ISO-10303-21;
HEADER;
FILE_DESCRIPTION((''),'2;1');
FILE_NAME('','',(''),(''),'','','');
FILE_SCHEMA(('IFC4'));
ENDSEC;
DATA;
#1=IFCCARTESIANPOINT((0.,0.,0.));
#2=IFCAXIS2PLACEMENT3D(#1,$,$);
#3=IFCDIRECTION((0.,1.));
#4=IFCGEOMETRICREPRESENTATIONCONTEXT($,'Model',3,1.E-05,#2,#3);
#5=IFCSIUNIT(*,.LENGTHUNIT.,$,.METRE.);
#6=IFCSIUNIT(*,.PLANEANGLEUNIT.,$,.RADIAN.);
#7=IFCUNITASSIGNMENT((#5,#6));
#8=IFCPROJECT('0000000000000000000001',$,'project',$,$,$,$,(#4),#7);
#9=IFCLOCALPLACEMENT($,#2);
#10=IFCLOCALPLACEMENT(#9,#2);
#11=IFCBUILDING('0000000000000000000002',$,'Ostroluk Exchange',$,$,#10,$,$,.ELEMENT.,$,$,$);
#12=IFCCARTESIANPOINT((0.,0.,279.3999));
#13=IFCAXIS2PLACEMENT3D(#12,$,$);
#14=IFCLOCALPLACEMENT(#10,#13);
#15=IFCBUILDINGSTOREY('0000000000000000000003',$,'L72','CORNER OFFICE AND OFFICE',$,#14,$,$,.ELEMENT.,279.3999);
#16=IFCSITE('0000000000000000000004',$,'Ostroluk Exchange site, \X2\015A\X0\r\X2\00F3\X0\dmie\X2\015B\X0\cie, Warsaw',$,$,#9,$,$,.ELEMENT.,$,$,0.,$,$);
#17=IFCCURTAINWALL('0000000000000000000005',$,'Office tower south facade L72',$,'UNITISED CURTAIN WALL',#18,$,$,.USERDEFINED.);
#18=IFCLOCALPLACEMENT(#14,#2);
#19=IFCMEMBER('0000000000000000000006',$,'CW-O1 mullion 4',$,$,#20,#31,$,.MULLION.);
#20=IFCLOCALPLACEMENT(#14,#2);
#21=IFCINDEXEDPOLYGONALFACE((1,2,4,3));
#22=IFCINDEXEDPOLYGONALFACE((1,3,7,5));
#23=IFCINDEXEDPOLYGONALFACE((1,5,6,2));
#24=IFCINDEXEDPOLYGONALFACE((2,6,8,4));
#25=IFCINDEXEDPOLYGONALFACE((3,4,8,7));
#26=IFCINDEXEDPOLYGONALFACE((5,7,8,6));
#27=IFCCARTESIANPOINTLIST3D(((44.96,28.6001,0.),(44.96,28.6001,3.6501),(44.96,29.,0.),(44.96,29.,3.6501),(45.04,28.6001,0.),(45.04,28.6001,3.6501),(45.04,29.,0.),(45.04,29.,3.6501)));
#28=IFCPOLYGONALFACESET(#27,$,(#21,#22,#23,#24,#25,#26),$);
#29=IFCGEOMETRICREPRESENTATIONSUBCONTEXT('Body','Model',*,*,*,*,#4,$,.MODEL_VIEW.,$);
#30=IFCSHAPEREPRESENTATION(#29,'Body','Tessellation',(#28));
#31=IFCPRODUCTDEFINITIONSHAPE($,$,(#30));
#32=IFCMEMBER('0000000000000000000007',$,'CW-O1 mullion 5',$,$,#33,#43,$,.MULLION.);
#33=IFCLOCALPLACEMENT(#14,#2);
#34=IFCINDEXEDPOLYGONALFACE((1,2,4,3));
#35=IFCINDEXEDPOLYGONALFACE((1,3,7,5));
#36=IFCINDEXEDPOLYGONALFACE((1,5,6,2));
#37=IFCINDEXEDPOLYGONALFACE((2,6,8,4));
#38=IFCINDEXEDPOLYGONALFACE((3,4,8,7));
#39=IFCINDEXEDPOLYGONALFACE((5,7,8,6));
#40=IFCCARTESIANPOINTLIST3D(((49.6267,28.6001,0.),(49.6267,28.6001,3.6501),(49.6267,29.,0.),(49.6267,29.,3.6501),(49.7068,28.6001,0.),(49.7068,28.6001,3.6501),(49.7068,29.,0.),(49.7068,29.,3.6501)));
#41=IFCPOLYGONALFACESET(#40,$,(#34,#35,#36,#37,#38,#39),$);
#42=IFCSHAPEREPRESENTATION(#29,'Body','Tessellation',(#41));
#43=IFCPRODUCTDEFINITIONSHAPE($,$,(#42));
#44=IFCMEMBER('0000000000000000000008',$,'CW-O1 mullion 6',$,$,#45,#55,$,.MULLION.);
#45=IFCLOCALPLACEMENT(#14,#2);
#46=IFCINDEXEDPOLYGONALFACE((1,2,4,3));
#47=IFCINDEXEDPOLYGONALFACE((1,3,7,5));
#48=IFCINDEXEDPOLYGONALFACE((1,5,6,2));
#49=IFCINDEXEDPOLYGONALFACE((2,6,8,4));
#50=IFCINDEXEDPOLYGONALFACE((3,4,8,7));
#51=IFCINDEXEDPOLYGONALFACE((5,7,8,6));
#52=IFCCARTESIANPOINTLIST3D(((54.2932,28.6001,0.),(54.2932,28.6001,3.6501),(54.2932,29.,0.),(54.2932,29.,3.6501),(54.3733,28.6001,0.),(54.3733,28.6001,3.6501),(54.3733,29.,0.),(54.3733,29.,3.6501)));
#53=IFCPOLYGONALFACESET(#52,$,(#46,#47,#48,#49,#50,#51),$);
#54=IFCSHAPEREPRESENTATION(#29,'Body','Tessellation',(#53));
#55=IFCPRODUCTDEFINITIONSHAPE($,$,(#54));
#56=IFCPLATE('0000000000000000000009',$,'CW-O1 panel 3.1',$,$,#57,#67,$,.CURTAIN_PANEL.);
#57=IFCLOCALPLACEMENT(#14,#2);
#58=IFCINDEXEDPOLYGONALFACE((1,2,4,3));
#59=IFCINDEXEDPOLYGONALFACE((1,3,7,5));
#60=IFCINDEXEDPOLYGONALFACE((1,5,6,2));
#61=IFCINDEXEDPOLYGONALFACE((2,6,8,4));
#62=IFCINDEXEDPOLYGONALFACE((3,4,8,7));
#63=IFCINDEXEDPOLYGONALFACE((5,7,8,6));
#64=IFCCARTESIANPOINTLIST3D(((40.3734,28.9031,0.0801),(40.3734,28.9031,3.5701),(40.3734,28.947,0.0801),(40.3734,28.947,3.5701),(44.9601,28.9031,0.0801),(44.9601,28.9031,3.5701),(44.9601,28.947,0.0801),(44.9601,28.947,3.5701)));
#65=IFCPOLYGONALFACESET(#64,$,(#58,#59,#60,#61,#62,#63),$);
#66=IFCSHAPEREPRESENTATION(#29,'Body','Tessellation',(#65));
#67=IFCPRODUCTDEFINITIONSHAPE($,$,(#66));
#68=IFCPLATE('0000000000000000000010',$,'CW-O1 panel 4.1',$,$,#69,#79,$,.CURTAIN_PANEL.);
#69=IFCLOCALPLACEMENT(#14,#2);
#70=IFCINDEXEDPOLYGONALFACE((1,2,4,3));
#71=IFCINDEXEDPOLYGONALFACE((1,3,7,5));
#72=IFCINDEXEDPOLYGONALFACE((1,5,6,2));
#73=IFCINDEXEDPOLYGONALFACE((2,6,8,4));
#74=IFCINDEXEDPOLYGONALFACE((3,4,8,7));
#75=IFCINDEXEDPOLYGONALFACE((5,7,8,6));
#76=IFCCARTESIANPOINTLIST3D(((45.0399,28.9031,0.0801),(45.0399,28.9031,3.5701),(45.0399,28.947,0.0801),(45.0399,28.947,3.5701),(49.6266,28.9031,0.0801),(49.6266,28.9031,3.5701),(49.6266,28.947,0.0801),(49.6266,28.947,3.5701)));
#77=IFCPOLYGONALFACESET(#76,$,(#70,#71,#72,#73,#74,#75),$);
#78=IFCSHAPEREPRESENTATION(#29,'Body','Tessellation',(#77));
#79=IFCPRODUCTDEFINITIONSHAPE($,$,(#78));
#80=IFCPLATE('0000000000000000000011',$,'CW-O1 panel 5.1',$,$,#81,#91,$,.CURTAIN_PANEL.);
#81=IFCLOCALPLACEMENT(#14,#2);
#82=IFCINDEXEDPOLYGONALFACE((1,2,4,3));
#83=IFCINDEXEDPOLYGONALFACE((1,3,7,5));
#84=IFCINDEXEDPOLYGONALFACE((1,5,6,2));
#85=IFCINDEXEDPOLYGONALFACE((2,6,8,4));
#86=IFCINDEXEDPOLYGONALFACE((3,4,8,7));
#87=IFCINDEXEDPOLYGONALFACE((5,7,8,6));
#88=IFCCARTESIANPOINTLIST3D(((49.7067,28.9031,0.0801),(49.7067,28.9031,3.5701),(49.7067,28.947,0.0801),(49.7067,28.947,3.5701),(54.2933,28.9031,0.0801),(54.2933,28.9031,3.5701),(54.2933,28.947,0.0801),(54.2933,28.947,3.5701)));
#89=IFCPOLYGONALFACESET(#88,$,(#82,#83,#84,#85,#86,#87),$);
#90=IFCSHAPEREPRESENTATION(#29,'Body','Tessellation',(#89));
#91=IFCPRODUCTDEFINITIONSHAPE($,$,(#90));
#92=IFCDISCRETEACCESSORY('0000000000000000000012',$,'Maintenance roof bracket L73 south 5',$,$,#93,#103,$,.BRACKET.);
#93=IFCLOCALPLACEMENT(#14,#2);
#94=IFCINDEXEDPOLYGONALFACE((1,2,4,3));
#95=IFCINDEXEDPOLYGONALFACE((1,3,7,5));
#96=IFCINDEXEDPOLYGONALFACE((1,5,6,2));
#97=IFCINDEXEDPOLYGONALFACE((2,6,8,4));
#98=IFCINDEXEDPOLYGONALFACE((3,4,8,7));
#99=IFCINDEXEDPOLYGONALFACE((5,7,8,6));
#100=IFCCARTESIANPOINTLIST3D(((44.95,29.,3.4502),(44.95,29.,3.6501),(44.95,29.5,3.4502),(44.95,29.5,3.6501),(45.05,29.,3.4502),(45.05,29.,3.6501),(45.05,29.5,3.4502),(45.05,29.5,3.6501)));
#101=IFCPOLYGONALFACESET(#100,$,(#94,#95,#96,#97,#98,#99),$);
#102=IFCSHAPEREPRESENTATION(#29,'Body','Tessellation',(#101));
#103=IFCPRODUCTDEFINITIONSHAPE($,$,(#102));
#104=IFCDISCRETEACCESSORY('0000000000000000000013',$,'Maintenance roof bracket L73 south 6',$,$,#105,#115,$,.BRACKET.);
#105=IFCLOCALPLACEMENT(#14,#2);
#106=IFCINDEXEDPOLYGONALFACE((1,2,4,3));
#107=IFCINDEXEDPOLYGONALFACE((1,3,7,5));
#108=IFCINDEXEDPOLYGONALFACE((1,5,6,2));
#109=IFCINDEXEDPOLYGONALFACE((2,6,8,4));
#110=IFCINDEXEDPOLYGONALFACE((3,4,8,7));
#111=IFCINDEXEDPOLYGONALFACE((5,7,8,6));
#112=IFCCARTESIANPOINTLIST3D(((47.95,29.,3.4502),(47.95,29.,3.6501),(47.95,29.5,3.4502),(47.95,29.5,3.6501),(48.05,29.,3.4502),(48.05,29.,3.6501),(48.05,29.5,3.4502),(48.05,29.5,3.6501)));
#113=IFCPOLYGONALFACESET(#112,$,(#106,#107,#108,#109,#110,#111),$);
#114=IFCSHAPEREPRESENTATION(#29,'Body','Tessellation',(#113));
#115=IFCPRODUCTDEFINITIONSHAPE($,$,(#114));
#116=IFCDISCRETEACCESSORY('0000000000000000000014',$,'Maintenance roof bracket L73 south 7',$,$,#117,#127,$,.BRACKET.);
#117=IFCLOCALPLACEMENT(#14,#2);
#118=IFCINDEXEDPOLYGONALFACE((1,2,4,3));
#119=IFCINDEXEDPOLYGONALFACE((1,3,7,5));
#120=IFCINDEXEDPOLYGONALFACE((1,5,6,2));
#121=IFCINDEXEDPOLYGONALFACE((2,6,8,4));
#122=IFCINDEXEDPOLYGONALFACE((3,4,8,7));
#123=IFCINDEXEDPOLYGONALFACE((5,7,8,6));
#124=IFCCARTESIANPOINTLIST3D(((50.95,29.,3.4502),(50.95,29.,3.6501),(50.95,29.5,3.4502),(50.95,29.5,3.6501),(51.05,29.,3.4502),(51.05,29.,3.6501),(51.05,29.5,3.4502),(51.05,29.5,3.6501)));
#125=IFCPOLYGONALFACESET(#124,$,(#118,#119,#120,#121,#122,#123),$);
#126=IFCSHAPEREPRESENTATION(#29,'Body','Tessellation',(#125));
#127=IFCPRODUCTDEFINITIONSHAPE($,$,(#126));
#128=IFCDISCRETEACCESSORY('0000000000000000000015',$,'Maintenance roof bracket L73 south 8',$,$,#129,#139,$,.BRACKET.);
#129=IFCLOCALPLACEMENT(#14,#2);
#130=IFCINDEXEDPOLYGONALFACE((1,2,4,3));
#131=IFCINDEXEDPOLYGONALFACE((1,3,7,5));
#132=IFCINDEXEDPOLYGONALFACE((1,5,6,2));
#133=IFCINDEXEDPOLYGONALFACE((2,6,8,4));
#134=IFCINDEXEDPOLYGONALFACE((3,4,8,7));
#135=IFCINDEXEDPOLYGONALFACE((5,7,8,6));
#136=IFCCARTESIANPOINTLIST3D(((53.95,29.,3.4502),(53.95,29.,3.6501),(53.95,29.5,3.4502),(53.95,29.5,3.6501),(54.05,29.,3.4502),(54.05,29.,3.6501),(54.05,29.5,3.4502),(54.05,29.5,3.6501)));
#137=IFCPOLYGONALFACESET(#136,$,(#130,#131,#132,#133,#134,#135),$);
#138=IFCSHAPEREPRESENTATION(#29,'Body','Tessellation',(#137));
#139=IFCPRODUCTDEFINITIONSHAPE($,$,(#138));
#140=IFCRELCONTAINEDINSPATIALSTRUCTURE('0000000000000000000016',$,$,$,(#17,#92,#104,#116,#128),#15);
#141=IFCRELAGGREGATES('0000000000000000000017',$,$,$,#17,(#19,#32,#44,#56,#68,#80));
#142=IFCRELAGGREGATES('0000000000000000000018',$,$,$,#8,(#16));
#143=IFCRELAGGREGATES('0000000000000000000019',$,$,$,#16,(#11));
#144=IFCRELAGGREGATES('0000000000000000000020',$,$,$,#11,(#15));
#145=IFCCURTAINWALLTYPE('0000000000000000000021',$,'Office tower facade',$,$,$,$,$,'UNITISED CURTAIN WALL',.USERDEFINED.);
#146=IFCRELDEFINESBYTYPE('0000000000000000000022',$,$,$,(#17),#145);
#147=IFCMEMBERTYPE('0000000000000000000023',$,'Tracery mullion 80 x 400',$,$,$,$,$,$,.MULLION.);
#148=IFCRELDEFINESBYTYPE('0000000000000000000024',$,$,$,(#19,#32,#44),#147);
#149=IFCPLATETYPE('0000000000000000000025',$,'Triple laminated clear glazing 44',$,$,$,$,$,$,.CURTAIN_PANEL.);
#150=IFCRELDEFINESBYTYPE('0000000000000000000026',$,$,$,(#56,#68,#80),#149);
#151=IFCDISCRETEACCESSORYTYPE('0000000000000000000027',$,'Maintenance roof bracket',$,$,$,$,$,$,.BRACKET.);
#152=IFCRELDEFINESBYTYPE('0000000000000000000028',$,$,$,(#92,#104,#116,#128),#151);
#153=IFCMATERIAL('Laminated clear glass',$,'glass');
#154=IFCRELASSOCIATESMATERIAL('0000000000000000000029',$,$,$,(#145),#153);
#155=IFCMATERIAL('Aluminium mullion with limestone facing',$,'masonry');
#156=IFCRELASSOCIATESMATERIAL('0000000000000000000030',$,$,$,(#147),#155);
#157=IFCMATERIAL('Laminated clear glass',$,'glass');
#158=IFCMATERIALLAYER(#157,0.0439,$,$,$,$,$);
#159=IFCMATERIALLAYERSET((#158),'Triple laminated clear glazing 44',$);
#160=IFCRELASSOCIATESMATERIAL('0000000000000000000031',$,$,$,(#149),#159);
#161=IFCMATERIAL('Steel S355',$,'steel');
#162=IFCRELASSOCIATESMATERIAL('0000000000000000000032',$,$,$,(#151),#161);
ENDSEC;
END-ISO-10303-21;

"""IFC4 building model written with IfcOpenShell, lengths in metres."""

from ifc_helpers import new_model, si_unit, direction, frame, origin, origin_2d, place, context, subcontext, project, spatial, rectangle, extrude, material, layer, layer_set, material_profile, profile_set, type_object, element, aggregate, save


model = new_model("IFC4")

# Units and contexts
model_context = context("Model", 3, precision=1e-05, world=origin(), true_north=direction((0.0, 1.0)))
body_context = subcontext(model_context, "Body", "Model", "MODEL_VIEW")
ifc_project = project(units=[si_unit("LENGTHUNIT", "METRE"), si_unit("PLANEANGLEUNIT", "RADIAN")], contexts=[model_context])

# Site, building, storey
site_placement = place(None, origin())
site = spatial("IfcSite", under=ifc_project, at=site_placement, Name="Ostroluk Exchange site, Śródmieście, Warsaw", CompositionType="ELEMENT", RefElevation=0.0)
building_placement = place(site_placement, origin())
building = spatial("IfcBuilding", under=site, at=building_placement, Name="Ostroluk Exchange", CompositionType="ELEMENT")
storey_placement = place(building_placement, frame((0.0, 0.0, 279.3999)))
storey = spatial("IfcBuildingStorey", under=building, at=storey_placement, Name="L72", Description="CORNER OFFICE AND OFFICE", CompositionType="ELEMENT", Elevation=279.3999)

# Curtain wall, members, plates
ifc_material_1 = material(Name="Laminated clear glass", Category="glass")
curtain_wall_type = type_object("IfcCurtainWallType", Name="Office tower facade", ElementType="UNITISED CURTAIN WALL", PredefinedType="USERDEFINED", material=ifc_material_1)
curtain_wall_placement = place(storey_placement, origin())
curtain_wall = element("IfcCurtainWall", 1, at=curtain_wall_placement, inside=storey, type_object=curtain_wall_type, Name="Office tower south facade L72", ObjectType="UNITISED CURTAIN WALL", PredefinedType="USERDEFINED")
ifc_material_2 = material(Name="Aluminium mullion with limestone facing", Category="masonry")
ifc_material_profile_1 = material_profile(ifc_material_2, rectangle(XDim=0.3999, YDim=0.0801, at=origin_2d()), Name="Tracery mullion 80 x 400")
ifc_profile_set_1 = profile_set([ifc_material_profile_1], Name="Aluminium mullion with limestone facing")
member_type_1 = type_object("IfcMemberType", Name="Tracery mullion 80 x 400", PredefinedType="MULLION", material=ifc_profile_set_1)
member_1_placement = place(storey_placement, frame((45.0, 28.8, 0.0), z_axis=(0.0, 0.0, 1.0), x_axis=(0.0, 1.0, 0.0)))
member_1 = element("IfcMember", 2, at=member_1_placement, type_object=member_type_1, Name="CW-O1 mullion 4", PredefinedType="MULLION", context=body_context, shape_type="SweptSolid", body=[
    extrude(rectangle(XDim=0.3999, YDim=0.0801, at=origin_2d()), origin(), (0.0, 0.0, 1.0), 3.6501),
])
member_2_placement = place(storey_placement, frame((49.6667, 28.8, 0.0), z_axis=(0.0, 0.0, 1.0), x_axis=(0.0, 1.0, 0.0)))
member_2 = element("IfcMember", 3, at=member_2_placement, type_object=member_type_1, Name="CW-O1 mullion 5", PredefinedType="MULLION", context=body_context, shape_type="SweptSolid", body=[
    extrude(rectangle(XDim=0.3999, YDim=0.0801, at=origin_2d()), origin(), (0.0, 0.0, 1.0), 3.6501),
])
member_3_placement = place(storey_placement, frame((54.3333, 28.8, 0.0), z_axis=(0.0, 0.0, 1.0), x_axis=(0.0, 1.0, 0.0)))
member_3 = element("IfcMember", 4, at=member_3_placement, type_object=member_type_1, Name="CW-O1 mullion 6", PredefinedType="MULLION", context=body_context, shape_type="SweptSolid", body=[
    extrude(rectangle(XDim=0.3999, YDim=0.0801, at=origin_2d()), origin(), (0.0, 0.0, 1.0), 3.6501),
])
ifc_material_3 = material(Name="Laminated clear glass", Category="glass")
ifc_layer = layer(ifc_material_3, 0.0439)
ifc_layer_set = layer_set([ifc_layer], Name="Triple laminated clear glazing 44")
plate_type = type_object("IfcPlateType", Name="Triple laminated clear glazing 44", PredefinedType="CURTAIN_PANEL", material=ifc_layer_set)
plate_1_placement = place(storey_placement, frame((42.6667, 28.925, 0.0801), z_axis=(0.0, 0.0, 1.0), x_axis=(1.0, 0.0, 0.0)))
plate_1 = element("IfcPlate", 5, at=plate_1_placement, type_object=plate_type, Name="CW-O1 panel 3.1", PredefinedType="CURTAIN_PANEL", context=body_context, shape_type="SweptSolid", body=[
    extrude(rectangle(XDim=4.5867, YDim=0.0439, at=origin_2d()), origin(), (0.0, 0.0, 1.0), 3.49),
])
plate_2_placement = place(storey_placement, frame((47.3333, 28.925, 0.0801), z_axis=(0.0, 0.0, 1.0), x_axis=(1.0, 0.0, 0.0)))
plate_2 = element("IfcPlate", 6, at=plate_2_placement, type_object=plate_type, Name="CW-O1 panel 4.1", PredefinedType="CURTAIN_PANEL", context=body_context, shape_type="SweptSolid", body=[
    extrude(rectangle(XDim=4.5867, YDim=0.0439, at=origin_2d()), origin(), (0.0, 0.0, 1.0), 3.49),
])
plate_3_placement = place(storey_placement, frame((52.0, 28.925, 0.0801), z_axis=(0.0, 0.0, 1.0), x_axis=(1.0, 0.0, 0.0)))
plate_3 = element("IfcPlate", 7, at=plate_3_placement, type_object=plate_type, Name="CW-O1 panel 5.1", PredefinedType="CURTAIN_PANEL", context=body_context, shape_type="SweptSolid", body=[
    extrude(rectangle(XDim=4.5867, YDim=0.0439, at=origin_2d()), origin(), (0.0, 0.0, 1.0), 3.49),
])
aggregate(curtain_wall, [member_1, member_2, member_3, plate_1, plate_2, plate_3])

# Discrete accessories
ifc_material_4 = material(Name="Steel S355", Category="steel")
discrete_accessory_type = type_object("IfcDiscreteAccessoryType", Name="Maintenance roof bracket", PredefinedType="BRACKET", material=ifc_material_4)
for number, where, z_axis, x_axis, name in (
    (8, (45.0, 29.25, 3.4502), (0.0, 0.0, 1.0), (1.0, 0.0, 0.0), "Maintenance roof bracket L73 south 5"),
    (9, (48.0, 29.25, 3.4502), (0.0, 0.0, 1.0), (1.0, 0.0, 0.0), "Maintenance roof bracket L73 south 6"),
    (10, (51.0, 29.25, 3.4502), (0.0, 0.0, 1.0), (1.0, 0.0, 0.0), "Maintenance roof bracket L73 south 7"),
    (11, (54.0, 29.25, 3.4502), (0.0, 0.0, 1.0), (1.0, 0.0, 0.0), "Maintenance roof bracket L73 south 8"),
):
    element("IfcDiscreteAccessory", number, at=place(storey_placement, frame(where, z_axis=z_axis, x_axis=x_axis)), inside=storey, type_object=discrete_accessory_type, Name=name, PredefinedType="BRACKET", context=body_context, shape_type="SweptSolid", body=[
        extrude(rectangle(XDim=0.1001, YDim=0.5, at=origin_2d()), origin(), (0.0, 0.0, 1.0), 0.2),
    ])

save(model, "model.ifc")
